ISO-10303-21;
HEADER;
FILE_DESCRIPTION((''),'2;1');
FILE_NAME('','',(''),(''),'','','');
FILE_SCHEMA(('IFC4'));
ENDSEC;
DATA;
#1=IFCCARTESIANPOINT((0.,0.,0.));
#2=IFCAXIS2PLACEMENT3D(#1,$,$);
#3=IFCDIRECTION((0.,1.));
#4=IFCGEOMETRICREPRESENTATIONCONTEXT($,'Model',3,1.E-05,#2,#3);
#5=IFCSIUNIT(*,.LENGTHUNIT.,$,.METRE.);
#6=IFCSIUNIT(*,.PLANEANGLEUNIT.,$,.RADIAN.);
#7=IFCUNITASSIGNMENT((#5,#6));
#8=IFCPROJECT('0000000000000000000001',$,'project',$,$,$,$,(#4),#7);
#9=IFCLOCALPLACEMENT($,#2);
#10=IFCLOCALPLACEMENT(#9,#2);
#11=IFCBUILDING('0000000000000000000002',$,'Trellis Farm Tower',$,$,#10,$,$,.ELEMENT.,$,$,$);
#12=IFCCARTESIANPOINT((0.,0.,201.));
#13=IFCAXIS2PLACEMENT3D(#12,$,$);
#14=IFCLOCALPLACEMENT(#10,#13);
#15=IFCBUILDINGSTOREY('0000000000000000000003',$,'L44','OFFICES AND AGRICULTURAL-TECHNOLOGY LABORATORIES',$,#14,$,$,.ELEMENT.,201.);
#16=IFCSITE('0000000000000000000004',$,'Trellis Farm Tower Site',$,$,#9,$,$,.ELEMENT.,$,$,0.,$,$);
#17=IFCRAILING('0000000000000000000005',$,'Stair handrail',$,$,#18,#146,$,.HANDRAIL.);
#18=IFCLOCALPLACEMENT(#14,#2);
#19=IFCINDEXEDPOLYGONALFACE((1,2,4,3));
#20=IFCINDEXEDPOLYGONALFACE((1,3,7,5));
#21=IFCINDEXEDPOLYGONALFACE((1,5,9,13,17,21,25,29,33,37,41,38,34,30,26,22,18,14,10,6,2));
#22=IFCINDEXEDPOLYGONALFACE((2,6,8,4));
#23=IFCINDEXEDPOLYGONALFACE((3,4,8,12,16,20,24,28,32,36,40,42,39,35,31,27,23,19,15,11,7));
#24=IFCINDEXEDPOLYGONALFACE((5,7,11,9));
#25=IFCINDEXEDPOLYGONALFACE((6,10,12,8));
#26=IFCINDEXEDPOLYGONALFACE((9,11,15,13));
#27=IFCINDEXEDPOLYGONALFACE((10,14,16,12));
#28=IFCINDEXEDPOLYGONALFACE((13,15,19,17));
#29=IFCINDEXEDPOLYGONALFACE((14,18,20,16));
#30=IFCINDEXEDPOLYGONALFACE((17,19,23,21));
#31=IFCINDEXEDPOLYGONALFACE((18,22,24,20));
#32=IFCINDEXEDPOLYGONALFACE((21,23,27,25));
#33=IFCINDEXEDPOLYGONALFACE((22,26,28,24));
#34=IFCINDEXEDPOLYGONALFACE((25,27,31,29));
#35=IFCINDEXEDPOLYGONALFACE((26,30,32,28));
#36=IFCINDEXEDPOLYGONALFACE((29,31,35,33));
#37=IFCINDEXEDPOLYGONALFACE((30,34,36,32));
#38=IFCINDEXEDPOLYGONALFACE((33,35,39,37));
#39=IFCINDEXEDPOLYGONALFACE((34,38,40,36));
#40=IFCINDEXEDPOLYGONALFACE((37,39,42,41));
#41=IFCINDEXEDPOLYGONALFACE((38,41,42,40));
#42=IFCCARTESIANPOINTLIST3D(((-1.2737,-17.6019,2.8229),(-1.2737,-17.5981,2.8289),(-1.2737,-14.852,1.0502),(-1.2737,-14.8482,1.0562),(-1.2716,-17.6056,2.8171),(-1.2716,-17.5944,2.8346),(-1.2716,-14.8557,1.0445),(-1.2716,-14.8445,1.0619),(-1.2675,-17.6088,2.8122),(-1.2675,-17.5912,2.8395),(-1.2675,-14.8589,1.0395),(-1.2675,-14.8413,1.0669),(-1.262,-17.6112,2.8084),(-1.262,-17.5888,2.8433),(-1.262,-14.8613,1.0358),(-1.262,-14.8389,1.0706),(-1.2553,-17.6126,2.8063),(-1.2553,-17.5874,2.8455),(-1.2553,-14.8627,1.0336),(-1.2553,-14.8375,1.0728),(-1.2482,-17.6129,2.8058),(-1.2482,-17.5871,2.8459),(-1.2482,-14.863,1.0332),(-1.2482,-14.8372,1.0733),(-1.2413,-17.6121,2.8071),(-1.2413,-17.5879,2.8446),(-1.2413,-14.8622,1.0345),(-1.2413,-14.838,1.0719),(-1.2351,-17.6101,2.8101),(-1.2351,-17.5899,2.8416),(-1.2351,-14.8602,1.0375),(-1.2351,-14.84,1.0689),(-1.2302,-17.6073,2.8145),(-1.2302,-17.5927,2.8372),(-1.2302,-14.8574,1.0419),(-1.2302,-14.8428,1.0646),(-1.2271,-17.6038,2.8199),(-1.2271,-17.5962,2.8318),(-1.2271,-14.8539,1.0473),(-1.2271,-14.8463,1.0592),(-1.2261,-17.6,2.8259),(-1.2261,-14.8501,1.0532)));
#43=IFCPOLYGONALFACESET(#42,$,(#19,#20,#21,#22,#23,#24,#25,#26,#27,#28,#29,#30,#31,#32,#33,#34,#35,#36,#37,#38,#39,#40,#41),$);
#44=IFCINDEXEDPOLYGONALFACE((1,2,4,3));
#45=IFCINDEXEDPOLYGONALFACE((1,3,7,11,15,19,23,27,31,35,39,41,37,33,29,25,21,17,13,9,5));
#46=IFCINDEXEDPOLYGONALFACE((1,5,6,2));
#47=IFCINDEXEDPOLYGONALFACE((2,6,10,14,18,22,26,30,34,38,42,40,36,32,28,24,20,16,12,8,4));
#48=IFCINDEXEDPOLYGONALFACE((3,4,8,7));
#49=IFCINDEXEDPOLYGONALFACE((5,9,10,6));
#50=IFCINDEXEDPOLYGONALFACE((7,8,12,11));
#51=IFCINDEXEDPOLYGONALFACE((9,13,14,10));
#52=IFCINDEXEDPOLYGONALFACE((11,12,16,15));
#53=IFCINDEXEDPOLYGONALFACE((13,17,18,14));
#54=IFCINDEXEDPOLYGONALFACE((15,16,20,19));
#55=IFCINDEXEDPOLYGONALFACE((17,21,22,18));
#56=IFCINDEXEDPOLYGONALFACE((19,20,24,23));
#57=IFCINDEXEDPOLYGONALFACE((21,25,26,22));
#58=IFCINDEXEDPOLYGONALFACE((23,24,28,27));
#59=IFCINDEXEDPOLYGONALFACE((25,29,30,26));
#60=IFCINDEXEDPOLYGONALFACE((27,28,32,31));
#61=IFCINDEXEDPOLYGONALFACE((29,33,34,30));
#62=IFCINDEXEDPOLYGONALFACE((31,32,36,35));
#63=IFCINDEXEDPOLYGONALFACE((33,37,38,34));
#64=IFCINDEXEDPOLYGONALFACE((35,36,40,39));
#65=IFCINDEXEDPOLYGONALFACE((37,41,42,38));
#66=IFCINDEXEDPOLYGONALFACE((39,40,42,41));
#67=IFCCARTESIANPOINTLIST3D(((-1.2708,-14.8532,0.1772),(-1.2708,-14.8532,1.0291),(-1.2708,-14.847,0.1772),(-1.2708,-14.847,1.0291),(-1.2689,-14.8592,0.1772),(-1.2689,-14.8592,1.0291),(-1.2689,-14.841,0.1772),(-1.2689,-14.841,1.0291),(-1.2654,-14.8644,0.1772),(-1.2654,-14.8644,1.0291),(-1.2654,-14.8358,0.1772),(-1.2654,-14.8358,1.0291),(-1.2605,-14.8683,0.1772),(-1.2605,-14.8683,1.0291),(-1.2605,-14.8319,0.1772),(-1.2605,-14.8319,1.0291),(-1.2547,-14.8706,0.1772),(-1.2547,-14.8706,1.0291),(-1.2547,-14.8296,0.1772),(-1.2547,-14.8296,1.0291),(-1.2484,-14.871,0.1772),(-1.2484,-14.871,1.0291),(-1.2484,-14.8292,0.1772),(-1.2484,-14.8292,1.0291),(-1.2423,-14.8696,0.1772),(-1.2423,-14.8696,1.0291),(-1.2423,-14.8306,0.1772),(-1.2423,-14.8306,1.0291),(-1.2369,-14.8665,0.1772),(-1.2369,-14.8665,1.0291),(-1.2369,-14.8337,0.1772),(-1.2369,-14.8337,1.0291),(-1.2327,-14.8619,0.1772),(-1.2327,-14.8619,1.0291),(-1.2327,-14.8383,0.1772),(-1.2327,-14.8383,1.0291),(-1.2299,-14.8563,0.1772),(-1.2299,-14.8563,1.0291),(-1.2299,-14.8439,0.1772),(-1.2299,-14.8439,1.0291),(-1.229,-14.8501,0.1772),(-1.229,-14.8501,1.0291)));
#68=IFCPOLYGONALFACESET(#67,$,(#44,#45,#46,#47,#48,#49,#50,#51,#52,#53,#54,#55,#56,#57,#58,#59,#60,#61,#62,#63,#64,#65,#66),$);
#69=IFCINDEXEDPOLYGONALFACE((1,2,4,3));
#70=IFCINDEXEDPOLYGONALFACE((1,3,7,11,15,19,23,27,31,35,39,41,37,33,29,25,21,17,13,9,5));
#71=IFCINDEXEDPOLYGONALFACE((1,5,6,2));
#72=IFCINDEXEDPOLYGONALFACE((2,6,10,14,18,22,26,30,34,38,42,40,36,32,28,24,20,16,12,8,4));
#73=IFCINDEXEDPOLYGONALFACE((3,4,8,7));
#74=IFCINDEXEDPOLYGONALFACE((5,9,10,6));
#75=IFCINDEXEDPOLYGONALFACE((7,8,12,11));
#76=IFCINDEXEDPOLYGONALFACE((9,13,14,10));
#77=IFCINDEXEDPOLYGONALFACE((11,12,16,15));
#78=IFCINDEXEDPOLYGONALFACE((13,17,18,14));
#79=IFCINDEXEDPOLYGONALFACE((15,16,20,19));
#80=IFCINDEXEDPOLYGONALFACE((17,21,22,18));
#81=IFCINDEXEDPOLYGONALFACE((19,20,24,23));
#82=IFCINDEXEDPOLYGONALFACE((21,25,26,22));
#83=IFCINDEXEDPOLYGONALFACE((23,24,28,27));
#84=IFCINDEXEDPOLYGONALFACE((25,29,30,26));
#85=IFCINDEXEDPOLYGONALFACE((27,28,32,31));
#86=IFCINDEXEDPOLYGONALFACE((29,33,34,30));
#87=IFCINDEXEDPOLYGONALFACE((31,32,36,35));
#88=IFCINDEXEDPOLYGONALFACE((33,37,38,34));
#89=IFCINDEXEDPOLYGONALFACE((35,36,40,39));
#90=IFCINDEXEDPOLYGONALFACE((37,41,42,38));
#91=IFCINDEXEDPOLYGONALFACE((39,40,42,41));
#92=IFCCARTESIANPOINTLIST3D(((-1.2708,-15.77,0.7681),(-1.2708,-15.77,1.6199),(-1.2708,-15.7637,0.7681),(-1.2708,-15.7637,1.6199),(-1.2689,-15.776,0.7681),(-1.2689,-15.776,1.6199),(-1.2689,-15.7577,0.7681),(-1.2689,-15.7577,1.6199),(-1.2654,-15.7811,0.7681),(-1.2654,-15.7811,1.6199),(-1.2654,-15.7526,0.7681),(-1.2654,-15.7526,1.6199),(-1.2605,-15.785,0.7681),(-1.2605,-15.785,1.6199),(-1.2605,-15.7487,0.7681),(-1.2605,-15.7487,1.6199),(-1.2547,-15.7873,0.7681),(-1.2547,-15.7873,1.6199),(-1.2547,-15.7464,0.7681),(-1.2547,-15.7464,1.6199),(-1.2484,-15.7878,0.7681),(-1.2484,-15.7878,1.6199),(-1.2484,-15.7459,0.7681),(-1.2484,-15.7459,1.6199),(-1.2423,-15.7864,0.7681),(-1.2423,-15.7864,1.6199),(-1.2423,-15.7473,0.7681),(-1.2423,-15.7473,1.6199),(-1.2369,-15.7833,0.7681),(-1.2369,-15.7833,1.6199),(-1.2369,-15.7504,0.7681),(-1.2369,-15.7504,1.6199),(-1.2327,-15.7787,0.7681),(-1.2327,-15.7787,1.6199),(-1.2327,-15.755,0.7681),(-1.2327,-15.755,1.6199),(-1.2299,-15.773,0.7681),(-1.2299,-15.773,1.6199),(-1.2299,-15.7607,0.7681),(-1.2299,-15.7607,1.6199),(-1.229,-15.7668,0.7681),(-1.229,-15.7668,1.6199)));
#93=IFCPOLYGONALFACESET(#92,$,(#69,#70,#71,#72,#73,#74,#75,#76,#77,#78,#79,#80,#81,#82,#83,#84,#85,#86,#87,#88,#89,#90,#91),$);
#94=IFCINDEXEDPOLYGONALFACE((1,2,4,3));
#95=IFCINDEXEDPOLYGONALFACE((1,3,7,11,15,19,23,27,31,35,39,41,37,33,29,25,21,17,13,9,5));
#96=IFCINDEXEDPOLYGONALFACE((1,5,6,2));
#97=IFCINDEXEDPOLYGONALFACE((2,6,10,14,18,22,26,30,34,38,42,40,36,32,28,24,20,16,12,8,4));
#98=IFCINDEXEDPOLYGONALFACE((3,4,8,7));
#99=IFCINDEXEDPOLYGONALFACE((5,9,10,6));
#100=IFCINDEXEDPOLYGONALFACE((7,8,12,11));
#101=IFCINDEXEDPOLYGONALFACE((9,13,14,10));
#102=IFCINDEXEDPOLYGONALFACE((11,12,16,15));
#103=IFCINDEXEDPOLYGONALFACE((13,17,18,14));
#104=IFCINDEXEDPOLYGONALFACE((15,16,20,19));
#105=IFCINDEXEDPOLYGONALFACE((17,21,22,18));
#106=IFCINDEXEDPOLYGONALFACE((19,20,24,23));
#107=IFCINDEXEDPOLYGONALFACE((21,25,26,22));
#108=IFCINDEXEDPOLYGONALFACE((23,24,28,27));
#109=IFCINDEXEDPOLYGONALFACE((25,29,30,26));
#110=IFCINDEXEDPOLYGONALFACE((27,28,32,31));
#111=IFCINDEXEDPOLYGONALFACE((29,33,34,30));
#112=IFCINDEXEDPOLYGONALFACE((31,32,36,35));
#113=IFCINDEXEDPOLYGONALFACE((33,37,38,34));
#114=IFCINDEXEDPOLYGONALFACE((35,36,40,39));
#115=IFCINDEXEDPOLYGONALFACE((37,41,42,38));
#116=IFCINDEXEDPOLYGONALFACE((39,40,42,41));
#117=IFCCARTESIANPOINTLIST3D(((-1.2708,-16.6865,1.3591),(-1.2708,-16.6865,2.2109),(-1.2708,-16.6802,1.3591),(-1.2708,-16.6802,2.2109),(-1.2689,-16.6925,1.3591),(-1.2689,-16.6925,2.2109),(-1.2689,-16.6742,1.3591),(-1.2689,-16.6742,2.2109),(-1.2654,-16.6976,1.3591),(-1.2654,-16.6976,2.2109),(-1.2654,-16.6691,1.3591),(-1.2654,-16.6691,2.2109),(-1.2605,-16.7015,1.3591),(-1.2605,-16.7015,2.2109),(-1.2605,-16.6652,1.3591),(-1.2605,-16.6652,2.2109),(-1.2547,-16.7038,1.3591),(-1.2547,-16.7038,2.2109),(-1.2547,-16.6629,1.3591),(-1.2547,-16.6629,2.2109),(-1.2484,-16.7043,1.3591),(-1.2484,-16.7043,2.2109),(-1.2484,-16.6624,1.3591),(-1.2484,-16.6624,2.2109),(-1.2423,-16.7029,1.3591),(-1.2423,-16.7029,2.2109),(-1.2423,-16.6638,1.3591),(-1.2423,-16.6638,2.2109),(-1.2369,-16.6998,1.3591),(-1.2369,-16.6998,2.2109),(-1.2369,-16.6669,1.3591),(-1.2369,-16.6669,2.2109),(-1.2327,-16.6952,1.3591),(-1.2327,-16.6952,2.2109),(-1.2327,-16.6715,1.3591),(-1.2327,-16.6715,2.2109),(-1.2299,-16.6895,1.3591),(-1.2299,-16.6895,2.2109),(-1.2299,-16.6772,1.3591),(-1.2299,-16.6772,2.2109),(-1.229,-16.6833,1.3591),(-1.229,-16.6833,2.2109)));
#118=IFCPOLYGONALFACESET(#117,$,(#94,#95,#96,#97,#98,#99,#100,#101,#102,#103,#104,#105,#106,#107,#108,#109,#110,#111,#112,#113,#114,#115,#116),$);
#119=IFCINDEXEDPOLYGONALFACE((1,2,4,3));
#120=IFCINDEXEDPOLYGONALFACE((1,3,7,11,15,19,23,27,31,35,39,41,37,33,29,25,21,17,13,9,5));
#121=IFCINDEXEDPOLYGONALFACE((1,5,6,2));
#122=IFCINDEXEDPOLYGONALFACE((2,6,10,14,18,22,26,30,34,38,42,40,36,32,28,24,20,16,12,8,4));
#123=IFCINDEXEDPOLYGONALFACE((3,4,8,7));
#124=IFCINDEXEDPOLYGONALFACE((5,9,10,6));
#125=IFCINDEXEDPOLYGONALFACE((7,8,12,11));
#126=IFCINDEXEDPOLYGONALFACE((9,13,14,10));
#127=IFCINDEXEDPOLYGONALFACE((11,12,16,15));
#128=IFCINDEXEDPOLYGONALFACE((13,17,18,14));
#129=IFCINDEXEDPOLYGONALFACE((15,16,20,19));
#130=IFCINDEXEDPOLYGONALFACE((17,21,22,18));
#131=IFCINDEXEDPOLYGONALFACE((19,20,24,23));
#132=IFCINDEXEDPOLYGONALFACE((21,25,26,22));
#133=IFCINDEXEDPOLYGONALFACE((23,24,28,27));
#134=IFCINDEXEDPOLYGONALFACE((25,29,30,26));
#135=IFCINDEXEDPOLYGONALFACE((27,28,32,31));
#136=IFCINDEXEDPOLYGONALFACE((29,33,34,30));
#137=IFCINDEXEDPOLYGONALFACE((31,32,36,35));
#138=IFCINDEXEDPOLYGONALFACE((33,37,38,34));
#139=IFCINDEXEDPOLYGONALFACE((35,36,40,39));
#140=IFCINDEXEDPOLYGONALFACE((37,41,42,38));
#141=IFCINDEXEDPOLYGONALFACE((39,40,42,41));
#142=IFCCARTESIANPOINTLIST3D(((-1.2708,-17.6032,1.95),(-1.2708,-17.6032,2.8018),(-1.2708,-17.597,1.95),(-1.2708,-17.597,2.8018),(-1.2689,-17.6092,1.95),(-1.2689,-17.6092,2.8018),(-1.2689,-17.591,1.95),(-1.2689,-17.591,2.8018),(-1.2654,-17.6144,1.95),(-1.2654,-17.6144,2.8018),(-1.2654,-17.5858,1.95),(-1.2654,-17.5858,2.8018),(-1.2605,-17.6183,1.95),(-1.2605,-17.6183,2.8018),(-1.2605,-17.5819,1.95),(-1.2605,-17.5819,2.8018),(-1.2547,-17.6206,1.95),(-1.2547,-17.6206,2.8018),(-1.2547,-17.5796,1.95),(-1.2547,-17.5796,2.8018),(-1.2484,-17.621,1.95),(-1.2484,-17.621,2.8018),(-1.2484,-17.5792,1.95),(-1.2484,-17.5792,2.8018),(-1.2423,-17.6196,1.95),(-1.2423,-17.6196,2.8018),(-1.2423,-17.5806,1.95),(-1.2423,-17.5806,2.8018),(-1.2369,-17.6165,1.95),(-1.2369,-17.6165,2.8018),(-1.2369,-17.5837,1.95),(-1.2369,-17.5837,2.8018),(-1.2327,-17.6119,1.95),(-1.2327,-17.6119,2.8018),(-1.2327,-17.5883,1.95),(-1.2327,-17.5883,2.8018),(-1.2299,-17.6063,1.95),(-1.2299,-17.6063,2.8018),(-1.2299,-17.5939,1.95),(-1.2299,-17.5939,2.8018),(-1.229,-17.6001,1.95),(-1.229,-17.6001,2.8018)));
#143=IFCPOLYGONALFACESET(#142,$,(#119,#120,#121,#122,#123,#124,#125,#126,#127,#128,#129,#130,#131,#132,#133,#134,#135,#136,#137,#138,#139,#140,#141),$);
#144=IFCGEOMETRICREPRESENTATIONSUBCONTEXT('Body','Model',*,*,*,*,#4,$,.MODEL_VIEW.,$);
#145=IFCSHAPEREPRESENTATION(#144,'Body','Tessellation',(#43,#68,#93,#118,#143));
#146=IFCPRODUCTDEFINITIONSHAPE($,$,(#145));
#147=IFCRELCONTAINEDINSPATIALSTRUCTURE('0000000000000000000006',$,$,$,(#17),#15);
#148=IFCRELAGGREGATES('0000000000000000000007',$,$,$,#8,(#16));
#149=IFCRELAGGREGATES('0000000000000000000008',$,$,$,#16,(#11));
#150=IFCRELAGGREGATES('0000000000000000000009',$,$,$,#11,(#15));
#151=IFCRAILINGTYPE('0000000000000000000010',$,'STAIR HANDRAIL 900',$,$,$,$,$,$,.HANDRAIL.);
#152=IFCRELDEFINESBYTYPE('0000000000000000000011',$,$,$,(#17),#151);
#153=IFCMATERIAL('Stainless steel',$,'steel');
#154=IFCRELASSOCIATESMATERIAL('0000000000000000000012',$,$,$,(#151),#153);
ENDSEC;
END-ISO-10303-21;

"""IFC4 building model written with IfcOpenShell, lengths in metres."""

from ifc_helpers import new_model, si_unit, direction, frame, origin, origin_2d, place, context, subcontext, project, spatial, circle, extrude, source, transform, mapped, material, type_object, element, save


model = new_model("IFC4")

# Units and contexts
model_context = context("Model", 3, precision=1e-05, world=origin(), true_north=direction((0.0, 1.0)))
body_context = subcontext(model_context, "Body", "Model", "MODEL_VIEW")
ifc_project = project(units=[si_unit("LENGTHUNIT", "METRE"), si_unit("PLANEANGLEUNIT", "RADIAN")], contexts=[model_context])

# Site, building, storey
site_placement = place(None, origin())
site = spatial("IfcSite", under=ifc_project, at=site_placement, Name="Trellis Farm Tower Site", CompositionType="ELEMENT", RefElevation=0.0)
building_placement = place(site_placement, origin())
building = spatial("IfcBuilding", under=site, at=building_placement, Name="Trellis Farm Tower", CompositionType="ELEMENT")
storey_placement = place(building_placement, frame((0.0, 0.0, 201.0)))
storey = spatial("IfcBuildingStorey", under=building, at=storey_placement, Name="L44", Description="OFFICES AND AGRICULTURAL-TECHNOLOGY LABORATORIES", CompositionType="ELEMENT", Elevation=201.0)

# Railing
ifc_material_1 = material(Name="Stainless steel", Category="steel")
railing_type = type_object("IfcRailingType", Name="STAIR HANDRAIL 900", PredefinedType="HANDRAIL", material=ifc_material_1)
shared_shape_1 = source(origin(), body_context, "Body", "SweptSolid", [
    extrude(circle(Radius=0.0239, at=origin_2d()), frame((0.0, 0.0, 0.876), z_axis=(0.0, -0.840504, 0.541806), x_axis=(1.0, 0.0, 0.0)), (0.0, 0.0, 1.0), 3.2717),
    extrude(circle(Radius=0.021, at=origin_2d()), origin(), (0.0, 0.0, 1.0), 0.8518),
    extrude(circle(Radius=0.021, at=origin_2d()), frame((0.0, -0.9167, 0.5908)), (0.0, 0.0, 1.0), 0.8518),
    extrude(circle(Radius=0.021, at=origin_2d()), frame((0.0, -1.8333, 1.1819)), (0.0, 0.0, 1.0), 0.8518),
    extrude(circle(Radius=0.021, at=origin_2d()), frame((0.0, -2.75, 1.7727)), (0.0, 0.0, 1.0), 0.8518),
])
railing_placement = place(storey_placement, frame((-1.25, -14.8501, 0.1772)))
element("IfcRailing", 1, at=railing_placement, inside=storey, type_object=railing_type, Name="Stair handrail", PredefinedType="HANDRAIL", context=body_context, shape_type="MappedRepresentation", body=[
    mapped(shared_shape_1, transform((0.0, 0.0, 0.0))),
])

save(model, "model.ifc")
